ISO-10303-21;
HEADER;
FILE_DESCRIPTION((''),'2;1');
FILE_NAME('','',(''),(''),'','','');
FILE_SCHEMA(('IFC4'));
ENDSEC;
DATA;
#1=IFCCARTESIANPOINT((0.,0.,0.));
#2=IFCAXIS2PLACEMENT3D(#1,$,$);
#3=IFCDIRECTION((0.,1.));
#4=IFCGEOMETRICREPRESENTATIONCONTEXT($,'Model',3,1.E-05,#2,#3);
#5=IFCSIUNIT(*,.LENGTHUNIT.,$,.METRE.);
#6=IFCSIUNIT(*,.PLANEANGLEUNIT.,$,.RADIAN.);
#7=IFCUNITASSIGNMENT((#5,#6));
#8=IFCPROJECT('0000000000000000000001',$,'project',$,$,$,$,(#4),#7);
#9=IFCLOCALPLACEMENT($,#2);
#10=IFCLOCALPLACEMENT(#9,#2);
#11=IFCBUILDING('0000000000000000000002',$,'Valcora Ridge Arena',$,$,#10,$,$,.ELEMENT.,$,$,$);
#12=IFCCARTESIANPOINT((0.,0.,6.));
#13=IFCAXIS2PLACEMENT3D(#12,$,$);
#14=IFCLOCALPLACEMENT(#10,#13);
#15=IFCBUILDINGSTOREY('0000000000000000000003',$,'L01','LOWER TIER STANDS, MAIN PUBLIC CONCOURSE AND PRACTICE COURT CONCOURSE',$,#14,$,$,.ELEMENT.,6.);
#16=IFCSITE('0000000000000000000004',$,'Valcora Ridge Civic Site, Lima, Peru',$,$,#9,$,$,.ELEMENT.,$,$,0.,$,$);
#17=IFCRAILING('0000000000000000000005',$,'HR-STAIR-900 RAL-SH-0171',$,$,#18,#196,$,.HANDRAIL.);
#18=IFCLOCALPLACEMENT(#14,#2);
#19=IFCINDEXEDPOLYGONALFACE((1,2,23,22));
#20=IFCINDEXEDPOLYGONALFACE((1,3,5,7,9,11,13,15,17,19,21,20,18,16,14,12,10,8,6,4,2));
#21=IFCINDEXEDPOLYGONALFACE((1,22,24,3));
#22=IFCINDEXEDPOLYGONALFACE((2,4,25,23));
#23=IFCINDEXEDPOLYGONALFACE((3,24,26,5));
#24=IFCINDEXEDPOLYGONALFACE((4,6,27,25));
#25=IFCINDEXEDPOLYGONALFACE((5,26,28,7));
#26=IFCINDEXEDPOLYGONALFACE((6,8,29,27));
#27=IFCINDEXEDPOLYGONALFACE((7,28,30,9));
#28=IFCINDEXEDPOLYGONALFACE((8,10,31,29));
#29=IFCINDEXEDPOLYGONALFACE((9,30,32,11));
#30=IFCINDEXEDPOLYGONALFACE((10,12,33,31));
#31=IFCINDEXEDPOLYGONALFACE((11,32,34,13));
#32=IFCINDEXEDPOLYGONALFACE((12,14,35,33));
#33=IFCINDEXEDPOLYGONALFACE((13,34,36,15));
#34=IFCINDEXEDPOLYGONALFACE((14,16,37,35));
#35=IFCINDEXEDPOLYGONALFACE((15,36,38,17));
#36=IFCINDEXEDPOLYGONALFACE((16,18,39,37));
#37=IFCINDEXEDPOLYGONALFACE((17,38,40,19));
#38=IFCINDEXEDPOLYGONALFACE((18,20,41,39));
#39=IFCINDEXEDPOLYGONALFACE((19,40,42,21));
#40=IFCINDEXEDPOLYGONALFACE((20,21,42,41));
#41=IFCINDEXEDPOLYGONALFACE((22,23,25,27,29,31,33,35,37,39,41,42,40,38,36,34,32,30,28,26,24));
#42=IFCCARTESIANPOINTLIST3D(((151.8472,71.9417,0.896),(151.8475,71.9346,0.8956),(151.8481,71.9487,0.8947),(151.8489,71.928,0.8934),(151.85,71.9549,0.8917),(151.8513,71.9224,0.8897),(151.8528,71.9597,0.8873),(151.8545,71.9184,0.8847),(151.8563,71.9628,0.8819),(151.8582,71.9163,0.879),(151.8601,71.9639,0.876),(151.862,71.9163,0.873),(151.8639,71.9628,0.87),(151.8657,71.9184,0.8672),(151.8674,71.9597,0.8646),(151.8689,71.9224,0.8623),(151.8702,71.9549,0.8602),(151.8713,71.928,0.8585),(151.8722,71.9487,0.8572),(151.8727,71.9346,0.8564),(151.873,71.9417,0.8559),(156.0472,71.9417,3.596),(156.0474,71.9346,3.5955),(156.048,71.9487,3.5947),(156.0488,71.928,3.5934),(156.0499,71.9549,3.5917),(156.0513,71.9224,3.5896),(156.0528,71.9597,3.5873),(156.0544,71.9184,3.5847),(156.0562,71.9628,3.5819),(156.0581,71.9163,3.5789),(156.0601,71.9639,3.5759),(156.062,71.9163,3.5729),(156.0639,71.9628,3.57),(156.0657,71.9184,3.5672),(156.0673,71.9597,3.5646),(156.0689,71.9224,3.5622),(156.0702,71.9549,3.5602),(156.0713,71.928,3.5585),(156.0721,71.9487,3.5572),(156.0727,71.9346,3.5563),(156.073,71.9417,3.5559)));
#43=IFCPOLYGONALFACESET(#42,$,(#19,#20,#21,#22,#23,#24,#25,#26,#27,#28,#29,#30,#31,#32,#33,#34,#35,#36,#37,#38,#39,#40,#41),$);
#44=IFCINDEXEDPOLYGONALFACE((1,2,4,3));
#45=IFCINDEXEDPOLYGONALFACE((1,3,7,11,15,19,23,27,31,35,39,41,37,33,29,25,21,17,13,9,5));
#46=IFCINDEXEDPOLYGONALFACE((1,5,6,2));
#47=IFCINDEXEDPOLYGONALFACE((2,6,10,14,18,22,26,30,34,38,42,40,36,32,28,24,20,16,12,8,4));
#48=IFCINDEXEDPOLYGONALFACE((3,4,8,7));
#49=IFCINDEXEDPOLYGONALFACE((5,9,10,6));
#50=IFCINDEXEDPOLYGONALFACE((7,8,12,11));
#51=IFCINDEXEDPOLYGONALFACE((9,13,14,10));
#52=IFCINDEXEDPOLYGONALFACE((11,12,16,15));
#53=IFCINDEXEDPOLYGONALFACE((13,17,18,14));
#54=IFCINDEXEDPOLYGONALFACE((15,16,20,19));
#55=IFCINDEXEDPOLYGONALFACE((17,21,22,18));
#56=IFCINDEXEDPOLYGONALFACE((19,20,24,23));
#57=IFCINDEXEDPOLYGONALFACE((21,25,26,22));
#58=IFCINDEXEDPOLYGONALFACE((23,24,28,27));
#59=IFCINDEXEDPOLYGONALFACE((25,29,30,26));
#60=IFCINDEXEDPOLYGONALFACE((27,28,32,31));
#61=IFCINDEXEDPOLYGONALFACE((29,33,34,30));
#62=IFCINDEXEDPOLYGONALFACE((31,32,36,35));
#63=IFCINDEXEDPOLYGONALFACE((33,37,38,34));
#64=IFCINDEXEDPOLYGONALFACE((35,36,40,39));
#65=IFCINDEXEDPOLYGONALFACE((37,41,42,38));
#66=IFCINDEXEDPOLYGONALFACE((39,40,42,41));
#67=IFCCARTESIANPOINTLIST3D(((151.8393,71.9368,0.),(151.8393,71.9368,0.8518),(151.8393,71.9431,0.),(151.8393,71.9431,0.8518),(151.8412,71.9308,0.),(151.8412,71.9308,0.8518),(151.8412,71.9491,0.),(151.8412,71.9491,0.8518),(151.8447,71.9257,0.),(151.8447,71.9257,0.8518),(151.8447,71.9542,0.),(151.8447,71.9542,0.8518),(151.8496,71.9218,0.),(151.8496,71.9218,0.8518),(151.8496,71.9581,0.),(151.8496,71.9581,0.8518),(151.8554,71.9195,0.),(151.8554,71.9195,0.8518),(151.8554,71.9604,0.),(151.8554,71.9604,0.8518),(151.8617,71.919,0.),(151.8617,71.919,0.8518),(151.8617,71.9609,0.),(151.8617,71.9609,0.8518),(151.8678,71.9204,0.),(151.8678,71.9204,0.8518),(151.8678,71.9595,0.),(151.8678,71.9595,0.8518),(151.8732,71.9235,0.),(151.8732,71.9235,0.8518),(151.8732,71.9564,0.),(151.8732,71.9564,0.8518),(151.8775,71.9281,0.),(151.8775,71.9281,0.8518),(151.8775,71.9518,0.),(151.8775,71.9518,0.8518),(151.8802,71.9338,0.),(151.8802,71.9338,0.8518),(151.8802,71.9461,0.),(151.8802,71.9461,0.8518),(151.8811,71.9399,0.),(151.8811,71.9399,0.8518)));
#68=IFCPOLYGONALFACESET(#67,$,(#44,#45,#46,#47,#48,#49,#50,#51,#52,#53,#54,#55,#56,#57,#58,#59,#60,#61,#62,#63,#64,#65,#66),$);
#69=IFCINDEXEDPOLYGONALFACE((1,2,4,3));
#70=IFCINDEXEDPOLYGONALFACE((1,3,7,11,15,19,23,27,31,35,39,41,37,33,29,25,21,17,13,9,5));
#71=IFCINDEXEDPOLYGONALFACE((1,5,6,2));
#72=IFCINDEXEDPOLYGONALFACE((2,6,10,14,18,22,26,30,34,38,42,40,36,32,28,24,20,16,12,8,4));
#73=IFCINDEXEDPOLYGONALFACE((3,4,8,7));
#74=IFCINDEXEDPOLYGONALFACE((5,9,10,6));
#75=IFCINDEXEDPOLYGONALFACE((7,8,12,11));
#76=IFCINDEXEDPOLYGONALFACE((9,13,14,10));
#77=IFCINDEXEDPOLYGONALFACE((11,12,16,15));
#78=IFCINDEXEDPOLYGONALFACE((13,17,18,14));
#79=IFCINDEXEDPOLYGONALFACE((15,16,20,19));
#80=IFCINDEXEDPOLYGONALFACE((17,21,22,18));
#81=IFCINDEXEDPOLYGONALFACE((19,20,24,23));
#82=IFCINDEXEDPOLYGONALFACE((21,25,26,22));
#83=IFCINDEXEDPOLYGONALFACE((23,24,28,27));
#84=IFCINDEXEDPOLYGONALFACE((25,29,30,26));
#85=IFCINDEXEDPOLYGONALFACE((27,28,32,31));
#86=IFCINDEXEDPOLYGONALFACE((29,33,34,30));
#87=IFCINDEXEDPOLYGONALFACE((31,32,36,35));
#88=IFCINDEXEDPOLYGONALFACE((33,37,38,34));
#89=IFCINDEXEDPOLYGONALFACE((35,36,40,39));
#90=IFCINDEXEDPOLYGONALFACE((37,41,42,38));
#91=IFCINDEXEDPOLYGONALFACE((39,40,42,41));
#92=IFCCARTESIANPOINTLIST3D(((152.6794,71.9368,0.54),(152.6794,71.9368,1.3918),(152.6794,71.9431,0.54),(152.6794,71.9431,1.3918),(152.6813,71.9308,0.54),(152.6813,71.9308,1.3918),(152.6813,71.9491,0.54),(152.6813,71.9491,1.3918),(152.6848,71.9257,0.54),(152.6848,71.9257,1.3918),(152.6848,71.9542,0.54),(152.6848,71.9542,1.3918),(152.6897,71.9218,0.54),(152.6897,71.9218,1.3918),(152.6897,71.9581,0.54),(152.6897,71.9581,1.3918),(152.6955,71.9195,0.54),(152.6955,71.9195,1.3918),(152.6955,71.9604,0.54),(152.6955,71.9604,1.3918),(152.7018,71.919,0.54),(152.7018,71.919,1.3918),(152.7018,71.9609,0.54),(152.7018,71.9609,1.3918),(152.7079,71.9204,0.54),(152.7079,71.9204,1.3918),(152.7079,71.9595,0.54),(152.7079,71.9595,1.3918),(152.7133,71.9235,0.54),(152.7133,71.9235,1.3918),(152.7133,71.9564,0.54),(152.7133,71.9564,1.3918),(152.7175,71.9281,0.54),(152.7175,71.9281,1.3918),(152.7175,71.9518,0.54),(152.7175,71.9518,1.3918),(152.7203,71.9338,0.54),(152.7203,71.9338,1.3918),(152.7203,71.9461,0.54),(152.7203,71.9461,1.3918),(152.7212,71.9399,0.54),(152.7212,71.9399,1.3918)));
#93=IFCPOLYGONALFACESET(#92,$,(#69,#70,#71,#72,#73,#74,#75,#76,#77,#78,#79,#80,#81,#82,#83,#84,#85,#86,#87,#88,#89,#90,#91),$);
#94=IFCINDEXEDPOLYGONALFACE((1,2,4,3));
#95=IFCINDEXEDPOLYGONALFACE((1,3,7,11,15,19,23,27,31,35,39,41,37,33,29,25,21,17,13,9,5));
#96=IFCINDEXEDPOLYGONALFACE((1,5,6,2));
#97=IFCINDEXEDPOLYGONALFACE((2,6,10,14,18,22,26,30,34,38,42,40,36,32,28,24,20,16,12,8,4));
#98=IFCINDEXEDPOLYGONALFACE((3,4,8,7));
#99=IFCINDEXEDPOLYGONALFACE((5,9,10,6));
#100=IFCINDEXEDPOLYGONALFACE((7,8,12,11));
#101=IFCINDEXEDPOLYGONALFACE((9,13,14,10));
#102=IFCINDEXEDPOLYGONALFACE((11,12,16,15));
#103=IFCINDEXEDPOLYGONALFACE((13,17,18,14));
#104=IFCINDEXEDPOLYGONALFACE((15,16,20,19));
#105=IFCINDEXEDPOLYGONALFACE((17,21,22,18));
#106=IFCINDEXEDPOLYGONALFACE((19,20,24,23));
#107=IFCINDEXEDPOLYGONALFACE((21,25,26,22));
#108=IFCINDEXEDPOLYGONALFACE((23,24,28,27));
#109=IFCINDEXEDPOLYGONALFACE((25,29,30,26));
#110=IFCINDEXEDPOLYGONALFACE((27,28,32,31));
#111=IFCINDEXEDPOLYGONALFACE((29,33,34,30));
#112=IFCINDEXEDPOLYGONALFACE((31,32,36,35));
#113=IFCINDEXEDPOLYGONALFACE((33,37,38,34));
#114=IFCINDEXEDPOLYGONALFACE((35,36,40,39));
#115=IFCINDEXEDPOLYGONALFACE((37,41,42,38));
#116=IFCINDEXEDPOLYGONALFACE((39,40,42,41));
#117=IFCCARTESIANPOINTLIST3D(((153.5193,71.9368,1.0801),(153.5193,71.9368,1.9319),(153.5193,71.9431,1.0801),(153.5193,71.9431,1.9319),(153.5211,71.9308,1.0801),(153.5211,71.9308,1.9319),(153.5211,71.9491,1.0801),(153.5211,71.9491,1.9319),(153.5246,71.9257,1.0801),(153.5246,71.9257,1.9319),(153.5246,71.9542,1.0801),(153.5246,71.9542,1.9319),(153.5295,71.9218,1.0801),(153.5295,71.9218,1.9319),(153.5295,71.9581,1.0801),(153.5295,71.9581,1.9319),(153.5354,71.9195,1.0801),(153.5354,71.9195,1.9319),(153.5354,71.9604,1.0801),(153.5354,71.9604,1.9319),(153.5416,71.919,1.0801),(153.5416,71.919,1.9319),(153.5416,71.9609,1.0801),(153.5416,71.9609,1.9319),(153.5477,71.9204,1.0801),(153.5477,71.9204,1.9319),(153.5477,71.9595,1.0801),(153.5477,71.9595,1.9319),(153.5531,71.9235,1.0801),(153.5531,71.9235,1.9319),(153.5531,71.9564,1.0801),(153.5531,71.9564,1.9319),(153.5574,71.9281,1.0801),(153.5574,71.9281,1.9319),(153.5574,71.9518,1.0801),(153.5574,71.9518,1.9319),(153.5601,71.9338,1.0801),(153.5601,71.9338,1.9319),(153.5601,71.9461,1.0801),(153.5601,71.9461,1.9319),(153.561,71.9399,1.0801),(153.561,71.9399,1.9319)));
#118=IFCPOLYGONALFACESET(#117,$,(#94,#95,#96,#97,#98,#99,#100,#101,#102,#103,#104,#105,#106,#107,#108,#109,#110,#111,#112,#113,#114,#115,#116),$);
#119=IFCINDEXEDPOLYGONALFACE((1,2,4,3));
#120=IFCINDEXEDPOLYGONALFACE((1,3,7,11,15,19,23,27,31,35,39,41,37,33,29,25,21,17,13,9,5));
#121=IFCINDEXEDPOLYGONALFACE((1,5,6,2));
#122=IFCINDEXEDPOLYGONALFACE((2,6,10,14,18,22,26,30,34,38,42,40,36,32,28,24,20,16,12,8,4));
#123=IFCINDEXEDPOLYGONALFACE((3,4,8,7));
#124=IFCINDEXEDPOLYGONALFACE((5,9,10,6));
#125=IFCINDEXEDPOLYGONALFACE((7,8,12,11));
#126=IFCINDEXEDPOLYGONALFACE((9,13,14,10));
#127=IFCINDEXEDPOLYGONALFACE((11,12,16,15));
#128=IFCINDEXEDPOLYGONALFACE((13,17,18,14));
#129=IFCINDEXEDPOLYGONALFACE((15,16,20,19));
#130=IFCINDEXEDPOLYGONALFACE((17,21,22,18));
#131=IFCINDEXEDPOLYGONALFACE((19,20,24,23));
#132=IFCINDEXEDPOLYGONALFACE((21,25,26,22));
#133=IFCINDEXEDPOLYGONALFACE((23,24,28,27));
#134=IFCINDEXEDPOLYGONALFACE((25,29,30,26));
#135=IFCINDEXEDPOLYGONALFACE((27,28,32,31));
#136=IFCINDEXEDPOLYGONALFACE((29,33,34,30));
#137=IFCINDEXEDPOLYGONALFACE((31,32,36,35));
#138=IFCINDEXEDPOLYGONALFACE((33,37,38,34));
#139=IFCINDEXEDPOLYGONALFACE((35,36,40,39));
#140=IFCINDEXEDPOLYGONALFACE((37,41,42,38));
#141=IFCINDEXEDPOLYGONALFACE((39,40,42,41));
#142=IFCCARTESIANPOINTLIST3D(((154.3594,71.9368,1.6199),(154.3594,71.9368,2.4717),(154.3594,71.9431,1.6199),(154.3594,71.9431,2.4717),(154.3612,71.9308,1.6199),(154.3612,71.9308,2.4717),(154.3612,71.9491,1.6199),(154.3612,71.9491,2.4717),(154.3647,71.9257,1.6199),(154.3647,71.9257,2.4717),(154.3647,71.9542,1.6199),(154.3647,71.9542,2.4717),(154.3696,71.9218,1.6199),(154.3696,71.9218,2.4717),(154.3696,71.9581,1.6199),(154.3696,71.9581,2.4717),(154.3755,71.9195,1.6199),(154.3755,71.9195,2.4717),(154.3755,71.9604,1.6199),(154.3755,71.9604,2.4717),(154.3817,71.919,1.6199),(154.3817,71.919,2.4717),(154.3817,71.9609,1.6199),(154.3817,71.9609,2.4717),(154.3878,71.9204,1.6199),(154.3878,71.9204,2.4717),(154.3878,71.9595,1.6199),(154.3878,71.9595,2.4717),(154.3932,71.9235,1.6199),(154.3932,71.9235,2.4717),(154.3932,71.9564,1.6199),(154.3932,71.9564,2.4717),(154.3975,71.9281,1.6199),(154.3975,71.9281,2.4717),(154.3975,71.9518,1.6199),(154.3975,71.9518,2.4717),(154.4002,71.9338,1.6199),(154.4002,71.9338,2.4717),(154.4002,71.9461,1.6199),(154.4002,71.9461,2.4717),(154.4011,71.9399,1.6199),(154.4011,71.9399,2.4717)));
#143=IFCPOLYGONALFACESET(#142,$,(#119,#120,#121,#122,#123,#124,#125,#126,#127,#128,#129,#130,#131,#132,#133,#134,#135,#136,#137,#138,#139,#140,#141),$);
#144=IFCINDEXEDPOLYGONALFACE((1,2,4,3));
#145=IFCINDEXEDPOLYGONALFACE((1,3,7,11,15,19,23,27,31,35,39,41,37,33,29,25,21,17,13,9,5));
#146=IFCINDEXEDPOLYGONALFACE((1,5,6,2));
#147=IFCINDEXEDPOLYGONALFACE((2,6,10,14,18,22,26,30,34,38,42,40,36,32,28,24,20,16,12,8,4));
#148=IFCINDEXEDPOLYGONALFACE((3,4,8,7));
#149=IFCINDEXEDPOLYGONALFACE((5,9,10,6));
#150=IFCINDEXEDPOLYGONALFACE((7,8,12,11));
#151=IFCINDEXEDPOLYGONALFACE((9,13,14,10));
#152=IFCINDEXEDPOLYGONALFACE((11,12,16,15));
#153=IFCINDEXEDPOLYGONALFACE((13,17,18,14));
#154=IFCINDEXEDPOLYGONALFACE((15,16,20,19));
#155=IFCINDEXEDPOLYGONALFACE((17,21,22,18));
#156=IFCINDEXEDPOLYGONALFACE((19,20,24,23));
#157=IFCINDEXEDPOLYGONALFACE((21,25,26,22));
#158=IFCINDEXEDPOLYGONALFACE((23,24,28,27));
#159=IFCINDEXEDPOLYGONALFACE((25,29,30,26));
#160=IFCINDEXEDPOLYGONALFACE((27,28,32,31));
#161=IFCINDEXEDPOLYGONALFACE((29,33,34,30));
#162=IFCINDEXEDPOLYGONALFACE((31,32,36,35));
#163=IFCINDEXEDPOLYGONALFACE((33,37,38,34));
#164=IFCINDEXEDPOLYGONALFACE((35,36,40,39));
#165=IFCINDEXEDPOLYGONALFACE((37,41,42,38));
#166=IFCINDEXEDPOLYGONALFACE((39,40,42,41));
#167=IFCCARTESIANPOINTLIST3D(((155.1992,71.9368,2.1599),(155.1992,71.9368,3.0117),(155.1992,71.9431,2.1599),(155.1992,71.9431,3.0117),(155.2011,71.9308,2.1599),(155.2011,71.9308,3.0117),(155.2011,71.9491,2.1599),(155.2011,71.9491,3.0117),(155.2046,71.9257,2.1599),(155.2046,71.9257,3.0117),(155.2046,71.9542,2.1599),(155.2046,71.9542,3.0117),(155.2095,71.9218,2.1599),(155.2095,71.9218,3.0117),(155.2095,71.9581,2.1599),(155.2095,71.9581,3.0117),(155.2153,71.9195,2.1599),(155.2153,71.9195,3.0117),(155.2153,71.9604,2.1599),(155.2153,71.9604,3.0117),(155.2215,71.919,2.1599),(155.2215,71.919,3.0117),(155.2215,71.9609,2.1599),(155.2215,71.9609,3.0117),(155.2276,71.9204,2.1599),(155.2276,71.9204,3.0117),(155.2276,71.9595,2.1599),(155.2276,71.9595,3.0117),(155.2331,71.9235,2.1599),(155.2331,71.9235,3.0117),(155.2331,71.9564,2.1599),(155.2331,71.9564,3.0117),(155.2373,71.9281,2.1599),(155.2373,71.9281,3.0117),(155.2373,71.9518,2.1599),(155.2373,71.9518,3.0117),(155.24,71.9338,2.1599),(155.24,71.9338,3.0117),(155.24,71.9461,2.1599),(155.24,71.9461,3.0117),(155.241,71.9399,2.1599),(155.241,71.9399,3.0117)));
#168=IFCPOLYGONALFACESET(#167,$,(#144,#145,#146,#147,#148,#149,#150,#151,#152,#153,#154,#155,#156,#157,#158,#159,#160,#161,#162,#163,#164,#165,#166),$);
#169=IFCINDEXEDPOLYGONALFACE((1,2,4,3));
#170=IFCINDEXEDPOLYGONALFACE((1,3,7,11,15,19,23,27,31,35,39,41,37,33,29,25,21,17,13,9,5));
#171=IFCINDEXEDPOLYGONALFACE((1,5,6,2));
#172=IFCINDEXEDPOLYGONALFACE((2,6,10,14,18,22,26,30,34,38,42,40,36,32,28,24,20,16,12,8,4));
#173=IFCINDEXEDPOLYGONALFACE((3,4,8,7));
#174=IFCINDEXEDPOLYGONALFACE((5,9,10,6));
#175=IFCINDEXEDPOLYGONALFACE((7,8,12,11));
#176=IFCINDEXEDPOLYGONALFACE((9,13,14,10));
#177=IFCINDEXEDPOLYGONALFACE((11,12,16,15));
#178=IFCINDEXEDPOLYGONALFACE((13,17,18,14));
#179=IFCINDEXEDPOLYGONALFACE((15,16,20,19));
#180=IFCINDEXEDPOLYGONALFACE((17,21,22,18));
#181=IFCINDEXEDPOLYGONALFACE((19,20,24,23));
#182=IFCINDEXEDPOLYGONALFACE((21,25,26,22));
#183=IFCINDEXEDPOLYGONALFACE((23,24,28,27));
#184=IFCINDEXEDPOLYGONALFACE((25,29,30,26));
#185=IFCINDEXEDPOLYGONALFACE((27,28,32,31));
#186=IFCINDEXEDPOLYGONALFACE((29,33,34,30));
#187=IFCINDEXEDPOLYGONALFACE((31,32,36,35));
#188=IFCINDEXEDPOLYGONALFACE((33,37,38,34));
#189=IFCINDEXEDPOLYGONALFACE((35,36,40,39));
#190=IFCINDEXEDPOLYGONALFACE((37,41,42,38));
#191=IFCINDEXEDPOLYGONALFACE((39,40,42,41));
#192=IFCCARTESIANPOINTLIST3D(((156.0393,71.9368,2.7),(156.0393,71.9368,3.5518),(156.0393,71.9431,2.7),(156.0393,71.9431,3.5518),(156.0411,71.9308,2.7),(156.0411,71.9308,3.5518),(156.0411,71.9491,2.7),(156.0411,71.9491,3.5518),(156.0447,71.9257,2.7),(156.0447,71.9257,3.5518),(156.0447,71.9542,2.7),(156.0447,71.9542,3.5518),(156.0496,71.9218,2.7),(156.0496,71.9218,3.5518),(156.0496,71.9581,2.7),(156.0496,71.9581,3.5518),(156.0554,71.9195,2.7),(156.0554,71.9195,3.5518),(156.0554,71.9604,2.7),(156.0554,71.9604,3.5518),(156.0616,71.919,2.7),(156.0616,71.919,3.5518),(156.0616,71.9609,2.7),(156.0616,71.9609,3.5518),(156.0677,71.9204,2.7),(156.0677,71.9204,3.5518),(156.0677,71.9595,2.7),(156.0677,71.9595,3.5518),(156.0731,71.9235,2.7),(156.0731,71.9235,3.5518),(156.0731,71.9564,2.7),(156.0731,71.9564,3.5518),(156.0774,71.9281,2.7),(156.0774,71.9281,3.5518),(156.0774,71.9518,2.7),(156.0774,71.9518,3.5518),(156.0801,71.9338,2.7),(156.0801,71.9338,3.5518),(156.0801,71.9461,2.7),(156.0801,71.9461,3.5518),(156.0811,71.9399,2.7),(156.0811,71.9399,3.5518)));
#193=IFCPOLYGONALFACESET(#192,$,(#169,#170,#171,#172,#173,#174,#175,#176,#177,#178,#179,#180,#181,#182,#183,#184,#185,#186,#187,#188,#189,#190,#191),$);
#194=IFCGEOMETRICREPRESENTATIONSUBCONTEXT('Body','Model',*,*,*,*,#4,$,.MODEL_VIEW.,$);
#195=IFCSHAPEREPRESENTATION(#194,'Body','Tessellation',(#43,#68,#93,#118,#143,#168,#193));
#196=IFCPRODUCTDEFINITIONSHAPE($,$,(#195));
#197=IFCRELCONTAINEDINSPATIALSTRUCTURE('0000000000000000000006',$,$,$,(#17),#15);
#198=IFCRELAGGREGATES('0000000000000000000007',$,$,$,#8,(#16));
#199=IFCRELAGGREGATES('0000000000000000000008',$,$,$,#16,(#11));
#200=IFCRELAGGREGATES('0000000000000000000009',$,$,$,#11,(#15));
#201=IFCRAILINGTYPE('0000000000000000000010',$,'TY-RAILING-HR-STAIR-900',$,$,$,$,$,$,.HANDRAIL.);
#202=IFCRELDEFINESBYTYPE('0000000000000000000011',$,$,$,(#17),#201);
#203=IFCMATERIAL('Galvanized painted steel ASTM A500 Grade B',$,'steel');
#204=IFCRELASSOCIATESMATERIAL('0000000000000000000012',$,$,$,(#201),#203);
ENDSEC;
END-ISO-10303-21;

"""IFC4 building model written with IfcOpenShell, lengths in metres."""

from ifc_helpers import new_model, si_unit, direction, frame, origin, origin_2d, place, context, subcontext, project, spatial, circle, extrude, material, type_object, element, save


model = new_model("IFC4")

# Units and contexts
model_context = context("Model", 3, precision=1e-05, world=origin(), true_north=direction((0.0, 1.0)))
body_context = subcontext(model_context, "Body", "Model", "MODEL_VIEW")
ifc_project = project(units=[si_unit("LENGTHUNIT", "METRE"), si_unit("PLANEANGLEUNIT", "RADIAN")], contexts=[model_context])

# Site, building, storey
site_placement = place(None, origin())
site = spatial("IfcSite", under=ifc_project, at=site_placement, Name="Valcora Ridge Civic Site, Lima, Peru", CompositionType="ELEMENT", RefElevation=0.0)
building_placement = place(site_placement, origin())
building = spatial("IfcBuilding", under=site, at=building_placement, Name="Valcora Ridge Arena", CompositionType="ELEMENT")
storey_placement = place(building_placement, frame((0.0, 0.0, 6.0)))
storey = spatial("IfcBuildingStorey", under=building, at=storey_placement, Name="L01", Description="LOWER TIER STANDS, MAIN PUBLIC CONCOURSE AND PRACTICE COURT CONCOURSE", CompositionType="ELEMENT", Elevation=6.0)

# Railing
ifc_material_1 = material(Name="Galvanized painted steel ASTM A500 Grade B", Category="steel")
railing_type_1 = type_object("IfcRailingType", Name="TY-RAILING-HR-STAIR-900", PredefinedType="HANDRAIL", material=ifc_material_1)
railing_1_placement = place(storey_placement, frame((151.8601, 71.9399, 0.0)))
element("IfcRailing", 1, at=railing_1_placement, inside=storey, type_object=railing_type_1, Name="HR-STAIR-900 RAL-SH-0171", PredefinedType="HANDRAIL", context=body_context, shape_type="SweptSolid", body=[
    extrude(circle(Radius=0.0239, at=origin_2d()), frame((0.0, 0.0, 0.876), z_axis=(0.84118, 0.0, 0.540755), x_axis=(0.0, 1.0, 0.0)), (0.0, 0.0, 1.0), 4.9929),
    extrude(circle(Radius=0.021, at=origin_2d()), origin(), (0.0, 0.0, 1.0), 0.8518),
    extrude(circle(Radius=0.021, at=origin_2d()), frame((0.8401, 0.0, 0.54)), (0.0, 0.0, 1.0), 0.8518),
    extrude(circle(Radius=0.021, at=origin_2d()), frame((1.6799, 0.0, 1.0801)), (0.0, 0.0, 1.0), 0.8518),
    extrude(circle(Radius=0.021, at=origin_2d()), frame((2.52, 0.0, 1.6199)), (0.0, 0.0, 1.0), 0.8518),
    extrude(circle(Radius=0.021, at=origin_2d()), frame((3.3599, 0.0, 2.1599)), (0.0, 0.0, 1.0), 0.8518),
    extrude(circle(Radius=0.021, at=origin_2d()), frame((4.2, 0.0, 2.7)), (0.0, 0.0, 1.0), 0.8518),
])

save(model, "model.ifc")
